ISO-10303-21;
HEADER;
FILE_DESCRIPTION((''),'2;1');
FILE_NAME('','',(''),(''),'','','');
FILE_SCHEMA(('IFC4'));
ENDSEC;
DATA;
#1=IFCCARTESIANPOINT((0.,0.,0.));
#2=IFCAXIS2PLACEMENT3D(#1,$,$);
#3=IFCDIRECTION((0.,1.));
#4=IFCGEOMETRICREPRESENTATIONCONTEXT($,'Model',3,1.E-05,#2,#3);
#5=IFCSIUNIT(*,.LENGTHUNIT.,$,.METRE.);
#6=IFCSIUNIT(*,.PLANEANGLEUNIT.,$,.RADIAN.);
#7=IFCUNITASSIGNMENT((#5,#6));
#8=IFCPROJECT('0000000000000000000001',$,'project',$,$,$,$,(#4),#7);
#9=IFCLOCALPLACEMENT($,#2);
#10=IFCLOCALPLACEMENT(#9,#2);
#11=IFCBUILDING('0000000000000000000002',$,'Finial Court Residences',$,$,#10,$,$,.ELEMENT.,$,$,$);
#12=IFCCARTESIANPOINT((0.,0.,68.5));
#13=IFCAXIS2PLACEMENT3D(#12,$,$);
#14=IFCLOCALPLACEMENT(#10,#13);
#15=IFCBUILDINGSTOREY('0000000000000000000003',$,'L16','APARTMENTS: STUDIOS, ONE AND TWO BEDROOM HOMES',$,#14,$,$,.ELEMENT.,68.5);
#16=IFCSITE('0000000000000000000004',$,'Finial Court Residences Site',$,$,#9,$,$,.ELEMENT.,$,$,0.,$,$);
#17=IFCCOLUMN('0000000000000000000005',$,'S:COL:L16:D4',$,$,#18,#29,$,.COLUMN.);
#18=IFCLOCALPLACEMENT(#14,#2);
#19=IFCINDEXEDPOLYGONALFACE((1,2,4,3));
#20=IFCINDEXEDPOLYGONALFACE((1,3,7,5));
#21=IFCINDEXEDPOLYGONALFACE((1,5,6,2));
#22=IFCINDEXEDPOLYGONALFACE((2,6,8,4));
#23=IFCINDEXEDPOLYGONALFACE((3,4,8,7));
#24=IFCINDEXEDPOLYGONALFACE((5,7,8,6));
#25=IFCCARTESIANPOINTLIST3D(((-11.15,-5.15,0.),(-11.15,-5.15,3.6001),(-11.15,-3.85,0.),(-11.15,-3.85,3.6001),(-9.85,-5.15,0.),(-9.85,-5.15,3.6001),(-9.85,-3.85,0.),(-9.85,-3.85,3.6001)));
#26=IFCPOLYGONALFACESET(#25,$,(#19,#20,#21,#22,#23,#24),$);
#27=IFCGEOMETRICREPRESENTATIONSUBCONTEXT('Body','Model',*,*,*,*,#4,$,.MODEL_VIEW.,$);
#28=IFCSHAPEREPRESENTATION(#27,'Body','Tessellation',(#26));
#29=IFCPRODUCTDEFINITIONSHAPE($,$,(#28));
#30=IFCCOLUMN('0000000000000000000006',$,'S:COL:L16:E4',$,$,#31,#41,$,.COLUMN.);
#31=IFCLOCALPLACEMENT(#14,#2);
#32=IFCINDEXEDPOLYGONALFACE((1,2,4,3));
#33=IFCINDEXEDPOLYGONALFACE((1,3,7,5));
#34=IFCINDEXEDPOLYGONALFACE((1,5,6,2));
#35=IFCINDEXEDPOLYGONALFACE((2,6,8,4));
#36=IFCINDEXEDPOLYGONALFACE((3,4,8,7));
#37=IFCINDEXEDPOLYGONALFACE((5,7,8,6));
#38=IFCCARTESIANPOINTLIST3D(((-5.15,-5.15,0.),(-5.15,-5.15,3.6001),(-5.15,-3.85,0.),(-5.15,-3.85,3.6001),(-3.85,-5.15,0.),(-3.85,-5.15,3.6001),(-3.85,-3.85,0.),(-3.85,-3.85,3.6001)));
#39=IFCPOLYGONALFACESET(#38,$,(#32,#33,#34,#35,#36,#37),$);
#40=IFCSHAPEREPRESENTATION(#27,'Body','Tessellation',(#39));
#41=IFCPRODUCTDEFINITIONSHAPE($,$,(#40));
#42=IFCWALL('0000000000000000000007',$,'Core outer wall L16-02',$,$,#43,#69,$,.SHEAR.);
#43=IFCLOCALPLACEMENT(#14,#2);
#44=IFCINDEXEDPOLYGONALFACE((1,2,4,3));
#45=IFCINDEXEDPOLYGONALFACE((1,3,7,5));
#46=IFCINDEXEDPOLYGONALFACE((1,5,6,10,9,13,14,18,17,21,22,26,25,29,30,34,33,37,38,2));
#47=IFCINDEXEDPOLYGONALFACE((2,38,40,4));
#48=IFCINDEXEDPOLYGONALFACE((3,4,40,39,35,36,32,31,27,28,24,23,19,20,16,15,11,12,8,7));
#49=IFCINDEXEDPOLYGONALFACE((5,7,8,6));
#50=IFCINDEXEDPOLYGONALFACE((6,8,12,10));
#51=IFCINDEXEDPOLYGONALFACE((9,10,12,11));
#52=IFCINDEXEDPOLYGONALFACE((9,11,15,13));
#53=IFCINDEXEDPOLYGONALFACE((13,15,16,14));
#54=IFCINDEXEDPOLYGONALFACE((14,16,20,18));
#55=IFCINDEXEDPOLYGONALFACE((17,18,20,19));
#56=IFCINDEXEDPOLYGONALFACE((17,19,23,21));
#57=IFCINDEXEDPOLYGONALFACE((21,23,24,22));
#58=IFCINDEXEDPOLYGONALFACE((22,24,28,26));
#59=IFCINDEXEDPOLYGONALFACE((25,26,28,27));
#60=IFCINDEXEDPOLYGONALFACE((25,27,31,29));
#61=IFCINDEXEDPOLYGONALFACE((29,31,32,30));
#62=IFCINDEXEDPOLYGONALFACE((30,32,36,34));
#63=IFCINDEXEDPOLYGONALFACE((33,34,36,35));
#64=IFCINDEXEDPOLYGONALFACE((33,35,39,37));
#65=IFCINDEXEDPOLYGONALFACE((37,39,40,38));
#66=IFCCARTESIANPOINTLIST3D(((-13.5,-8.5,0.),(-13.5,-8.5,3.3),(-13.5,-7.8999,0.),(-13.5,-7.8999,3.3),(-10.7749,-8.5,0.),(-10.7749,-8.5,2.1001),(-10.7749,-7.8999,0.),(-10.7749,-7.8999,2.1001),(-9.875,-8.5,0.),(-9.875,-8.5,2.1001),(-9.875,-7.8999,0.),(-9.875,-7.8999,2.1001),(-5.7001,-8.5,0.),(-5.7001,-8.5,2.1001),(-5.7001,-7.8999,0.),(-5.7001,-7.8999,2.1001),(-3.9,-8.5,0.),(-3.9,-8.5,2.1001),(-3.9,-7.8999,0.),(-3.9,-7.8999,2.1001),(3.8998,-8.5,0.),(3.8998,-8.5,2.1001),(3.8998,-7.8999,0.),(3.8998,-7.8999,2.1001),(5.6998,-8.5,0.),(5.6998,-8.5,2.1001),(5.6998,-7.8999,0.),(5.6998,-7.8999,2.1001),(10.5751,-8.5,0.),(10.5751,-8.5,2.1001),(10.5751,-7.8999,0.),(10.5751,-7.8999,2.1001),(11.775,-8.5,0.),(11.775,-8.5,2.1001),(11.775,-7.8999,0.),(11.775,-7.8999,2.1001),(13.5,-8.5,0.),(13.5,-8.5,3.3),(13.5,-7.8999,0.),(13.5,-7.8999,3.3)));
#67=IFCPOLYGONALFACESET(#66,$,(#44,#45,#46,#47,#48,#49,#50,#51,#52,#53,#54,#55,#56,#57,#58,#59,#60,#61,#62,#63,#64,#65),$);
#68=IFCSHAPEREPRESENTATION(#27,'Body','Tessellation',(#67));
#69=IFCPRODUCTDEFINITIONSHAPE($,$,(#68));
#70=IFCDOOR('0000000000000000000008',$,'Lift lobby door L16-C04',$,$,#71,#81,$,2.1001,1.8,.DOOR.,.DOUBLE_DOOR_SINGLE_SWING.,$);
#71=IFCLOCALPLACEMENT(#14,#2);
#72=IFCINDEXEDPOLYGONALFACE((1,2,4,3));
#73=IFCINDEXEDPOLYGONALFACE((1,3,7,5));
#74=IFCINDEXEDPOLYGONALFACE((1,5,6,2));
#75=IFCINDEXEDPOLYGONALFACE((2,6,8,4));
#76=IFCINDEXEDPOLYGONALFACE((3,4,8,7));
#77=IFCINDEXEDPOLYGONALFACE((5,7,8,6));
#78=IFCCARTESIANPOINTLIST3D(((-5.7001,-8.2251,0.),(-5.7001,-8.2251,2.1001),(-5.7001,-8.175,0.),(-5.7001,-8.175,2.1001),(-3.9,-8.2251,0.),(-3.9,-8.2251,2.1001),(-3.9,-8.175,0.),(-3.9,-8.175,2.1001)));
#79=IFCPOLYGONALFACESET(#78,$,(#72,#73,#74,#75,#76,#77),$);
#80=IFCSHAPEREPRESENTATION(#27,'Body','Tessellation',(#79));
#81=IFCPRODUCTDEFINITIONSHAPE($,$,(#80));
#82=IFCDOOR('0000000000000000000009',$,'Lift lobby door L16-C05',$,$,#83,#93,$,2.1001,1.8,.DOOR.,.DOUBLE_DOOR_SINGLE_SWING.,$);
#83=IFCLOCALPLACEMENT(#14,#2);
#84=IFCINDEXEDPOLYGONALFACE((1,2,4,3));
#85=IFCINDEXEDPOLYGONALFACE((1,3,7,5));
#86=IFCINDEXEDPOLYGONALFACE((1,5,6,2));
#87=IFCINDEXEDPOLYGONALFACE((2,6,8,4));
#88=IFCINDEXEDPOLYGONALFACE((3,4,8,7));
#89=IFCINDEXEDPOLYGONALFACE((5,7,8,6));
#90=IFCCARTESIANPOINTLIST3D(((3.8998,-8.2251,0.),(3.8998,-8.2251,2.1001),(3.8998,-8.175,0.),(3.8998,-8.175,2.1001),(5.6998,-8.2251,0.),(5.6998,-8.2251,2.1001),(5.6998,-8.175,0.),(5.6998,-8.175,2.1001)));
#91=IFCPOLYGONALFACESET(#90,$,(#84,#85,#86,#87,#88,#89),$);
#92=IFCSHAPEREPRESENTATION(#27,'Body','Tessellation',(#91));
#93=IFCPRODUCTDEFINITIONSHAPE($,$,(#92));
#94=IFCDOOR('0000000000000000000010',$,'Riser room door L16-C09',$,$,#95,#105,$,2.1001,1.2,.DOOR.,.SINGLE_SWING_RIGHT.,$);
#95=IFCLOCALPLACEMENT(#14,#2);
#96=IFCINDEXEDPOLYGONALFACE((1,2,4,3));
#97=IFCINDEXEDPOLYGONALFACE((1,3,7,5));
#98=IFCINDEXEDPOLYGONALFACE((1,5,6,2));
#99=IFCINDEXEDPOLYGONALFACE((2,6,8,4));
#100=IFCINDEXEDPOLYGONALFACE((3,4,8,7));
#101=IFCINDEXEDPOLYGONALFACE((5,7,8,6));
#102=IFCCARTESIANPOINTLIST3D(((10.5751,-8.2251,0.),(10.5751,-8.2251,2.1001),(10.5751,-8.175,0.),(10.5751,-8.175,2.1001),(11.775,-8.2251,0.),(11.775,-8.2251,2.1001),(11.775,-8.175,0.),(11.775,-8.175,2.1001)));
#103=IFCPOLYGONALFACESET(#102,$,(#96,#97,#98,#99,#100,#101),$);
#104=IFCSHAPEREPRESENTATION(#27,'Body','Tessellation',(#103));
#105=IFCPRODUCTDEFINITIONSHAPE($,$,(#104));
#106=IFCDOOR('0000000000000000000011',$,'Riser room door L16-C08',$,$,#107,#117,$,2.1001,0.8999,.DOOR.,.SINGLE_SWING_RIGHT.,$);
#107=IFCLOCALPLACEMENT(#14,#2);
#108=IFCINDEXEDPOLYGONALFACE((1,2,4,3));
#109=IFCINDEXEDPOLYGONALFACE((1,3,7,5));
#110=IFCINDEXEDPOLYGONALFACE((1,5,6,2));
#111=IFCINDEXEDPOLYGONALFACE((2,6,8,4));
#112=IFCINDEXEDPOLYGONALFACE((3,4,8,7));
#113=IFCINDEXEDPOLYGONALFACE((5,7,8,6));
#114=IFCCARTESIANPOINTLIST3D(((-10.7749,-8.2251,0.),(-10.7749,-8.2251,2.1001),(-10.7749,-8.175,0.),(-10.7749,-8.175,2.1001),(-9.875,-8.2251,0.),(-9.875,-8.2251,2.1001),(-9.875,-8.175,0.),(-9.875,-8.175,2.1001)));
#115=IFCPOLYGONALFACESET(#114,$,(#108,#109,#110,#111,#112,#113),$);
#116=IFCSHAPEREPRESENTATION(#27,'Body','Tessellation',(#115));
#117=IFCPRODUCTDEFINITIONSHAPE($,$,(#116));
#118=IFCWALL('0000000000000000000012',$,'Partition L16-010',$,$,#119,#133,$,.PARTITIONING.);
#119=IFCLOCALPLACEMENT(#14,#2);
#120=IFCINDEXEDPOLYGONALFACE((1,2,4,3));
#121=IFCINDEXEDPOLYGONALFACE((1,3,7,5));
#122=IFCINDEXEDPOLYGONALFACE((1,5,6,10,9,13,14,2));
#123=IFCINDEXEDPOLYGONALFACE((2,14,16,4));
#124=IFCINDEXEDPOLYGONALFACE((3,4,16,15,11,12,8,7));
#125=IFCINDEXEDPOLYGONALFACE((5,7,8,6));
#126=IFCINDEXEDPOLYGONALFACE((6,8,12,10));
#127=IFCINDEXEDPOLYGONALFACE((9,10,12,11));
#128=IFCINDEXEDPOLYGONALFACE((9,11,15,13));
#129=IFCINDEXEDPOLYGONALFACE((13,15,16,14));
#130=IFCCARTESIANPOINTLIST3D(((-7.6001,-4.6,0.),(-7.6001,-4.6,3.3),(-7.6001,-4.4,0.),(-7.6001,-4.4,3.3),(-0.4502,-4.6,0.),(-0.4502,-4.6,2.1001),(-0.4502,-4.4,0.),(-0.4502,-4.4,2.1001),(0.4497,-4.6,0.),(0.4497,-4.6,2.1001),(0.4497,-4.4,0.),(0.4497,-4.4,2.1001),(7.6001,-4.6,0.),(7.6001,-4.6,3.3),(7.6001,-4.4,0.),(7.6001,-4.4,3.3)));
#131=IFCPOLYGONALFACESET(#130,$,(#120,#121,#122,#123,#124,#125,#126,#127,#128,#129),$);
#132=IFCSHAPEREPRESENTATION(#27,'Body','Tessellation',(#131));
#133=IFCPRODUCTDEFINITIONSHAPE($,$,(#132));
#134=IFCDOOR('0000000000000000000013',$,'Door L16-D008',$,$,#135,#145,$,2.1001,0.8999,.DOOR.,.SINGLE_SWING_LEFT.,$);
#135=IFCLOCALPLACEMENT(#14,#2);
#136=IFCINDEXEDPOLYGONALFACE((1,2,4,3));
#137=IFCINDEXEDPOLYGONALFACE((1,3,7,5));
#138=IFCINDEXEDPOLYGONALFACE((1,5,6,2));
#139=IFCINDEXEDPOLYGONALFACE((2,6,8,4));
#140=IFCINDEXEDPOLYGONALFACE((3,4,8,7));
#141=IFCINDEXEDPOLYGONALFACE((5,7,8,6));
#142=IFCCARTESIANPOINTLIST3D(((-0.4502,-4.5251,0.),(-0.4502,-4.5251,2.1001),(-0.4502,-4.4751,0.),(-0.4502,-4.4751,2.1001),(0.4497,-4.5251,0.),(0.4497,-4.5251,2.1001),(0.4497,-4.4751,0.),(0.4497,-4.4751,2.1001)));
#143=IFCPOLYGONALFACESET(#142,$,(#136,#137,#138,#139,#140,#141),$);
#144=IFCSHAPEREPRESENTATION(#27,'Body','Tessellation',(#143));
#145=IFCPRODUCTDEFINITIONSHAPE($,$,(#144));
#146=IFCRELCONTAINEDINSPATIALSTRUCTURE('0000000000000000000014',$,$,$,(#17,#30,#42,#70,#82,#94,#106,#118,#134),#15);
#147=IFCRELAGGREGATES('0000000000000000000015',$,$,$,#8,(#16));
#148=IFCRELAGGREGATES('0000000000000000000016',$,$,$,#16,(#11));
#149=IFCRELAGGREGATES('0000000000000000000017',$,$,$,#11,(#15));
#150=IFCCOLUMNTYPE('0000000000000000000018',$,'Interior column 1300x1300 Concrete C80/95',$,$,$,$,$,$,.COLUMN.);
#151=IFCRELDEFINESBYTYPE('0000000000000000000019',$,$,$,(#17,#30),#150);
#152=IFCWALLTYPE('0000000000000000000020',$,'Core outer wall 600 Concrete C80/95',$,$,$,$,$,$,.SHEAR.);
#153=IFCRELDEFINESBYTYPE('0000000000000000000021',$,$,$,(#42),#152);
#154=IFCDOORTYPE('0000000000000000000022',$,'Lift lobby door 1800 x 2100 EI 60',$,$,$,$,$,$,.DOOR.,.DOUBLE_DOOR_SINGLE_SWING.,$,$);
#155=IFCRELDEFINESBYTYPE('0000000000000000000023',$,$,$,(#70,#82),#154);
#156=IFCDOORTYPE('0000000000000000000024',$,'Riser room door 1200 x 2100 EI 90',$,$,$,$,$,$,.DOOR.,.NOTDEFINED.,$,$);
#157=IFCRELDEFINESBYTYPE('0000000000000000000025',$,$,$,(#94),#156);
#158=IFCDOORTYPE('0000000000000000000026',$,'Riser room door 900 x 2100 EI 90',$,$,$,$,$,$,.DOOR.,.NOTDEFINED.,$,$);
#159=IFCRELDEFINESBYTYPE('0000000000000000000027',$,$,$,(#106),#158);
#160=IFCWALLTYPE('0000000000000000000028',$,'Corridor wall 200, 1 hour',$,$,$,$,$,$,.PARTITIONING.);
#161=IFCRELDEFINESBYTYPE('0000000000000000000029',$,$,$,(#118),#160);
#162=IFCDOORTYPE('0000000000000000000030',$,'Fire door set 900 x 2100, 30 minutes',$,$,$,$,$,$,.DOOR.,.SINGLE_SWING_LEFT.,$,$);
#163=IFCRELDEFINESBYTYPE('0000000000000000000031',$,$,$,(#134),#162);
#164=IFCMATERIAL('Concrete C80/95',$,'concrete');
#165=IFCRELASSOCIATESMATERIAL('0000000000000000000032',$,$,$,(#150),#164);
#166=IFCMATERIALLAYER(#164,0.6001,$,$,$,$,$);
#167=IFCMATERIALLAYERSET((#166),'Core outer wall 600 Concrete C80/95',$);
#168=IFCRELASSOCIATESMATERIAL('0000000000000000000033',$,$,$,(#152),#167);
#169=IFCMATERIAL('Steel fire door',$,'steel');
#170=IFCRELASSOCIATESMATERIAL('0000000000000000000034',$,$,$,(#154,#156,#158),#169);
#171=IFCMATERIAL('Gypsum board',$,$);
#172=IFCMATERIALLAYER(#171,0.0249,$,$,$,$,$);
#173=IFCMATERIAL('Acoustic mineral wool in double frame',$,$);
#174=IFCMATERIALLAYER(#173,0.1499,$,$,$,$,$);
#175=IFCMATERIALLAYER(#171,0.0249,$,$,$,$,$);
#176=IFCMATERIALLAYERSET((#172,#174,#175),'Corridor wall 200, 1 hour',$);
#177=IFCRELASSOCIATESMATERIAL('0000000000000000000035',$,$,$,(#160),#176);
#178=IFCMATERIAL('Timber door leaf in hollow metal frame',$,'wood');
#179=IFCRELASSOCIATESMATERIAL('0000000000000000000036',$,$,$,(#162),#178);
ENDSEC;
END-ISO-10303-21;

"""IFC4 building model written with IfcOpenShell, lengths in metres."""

from ifc_helpers import new_model, si_unit, direction, frame, frame_2d, origin, origin_2d, place, context, subcontext, project, spatial, rectangle, extrude, material, layer, layer_set, material_profile, profile_set, type_object, element, fill, save


model = new_model("IFC4")

# Units and contexts
model_context = context("Model", 3, precision=1e-05, world=origin(), true_north=direction((0.0, 1.0)))
body_context = subcontext(model_context, "Body", "Model", "MODEL_VIEW")
ifc_project = project(units=[si_unit("LENGTHUNIT", "METRE"), si_unit("PLANEANGLEUNIT", "RADIAN")], contexts=[model_context])

# Site, building, storey
site_placement = place(None, origin())
site = spatial("IfcSite", under=ifc_project, at=site_placement, Name="Finial Court Residences Site", CompositionType="ELEMENT", RefElevation=0.0)
building_placement = place(site_placement, origin())
building = spatial("IfcBuilding", under=site, at=building_placement, Name="Finial Court Residences", CompositionType="ELEMENT")
storey_placement = place(building_placement, frame((0.0, 0.0, 68.5)))
storey = spatial("IfcBuildingStorey", under=building, at=storey_placement, Name="L16", Description="APARTMENTS: STUDIOS, ONE AND TWO BEDROOM HOMES", CompositionType="ELEMENT", Elevation=68.5)

# Columns
ifc_material_1 = material(Name="Concrete C80/95", Category="concrete")
ifc_material_profile = material_profile(ifc_material_1, rectangle(XDim=1.3, YDim=1.3, at=origin_2d()), Name="1300x1300")
ifc_profile_set = profile_set([ifc_material_profile], Name="Concrete C80/95")
column_type = type_object("IfcColumnType", Name="Interior column 1300x1300 Concrete C80/95", PredefinedType="COLUMN", material=ifc_profile_set)
for number, where, z_axis, x_axis, name in (
    (1, (-10.5, -4.5, 0.0), (0.0, 0.0, 1.0), (1.0, 0.0, 0.0), "S:COL:L16:D4"),
    (2, (-4.5, -4.5, 0.0), (0.0, 0.0, 1.0), (1.0, 0.0, 0.0), "S:COL:L16:E4"),
):
    element("IfcColumn", number, at=place(storey_placement, frame(where, z_axis=z_axis, x_axis=x_axis)), inside=storey, type_object=column_type, Name=name, PredefinedType="COLUMN", context=body_context, shape_type="SweptSolid", body=[
        extrude(rectangle(XDim=1.3, YDim=1.3, at=origin_2d()), origin(), (0.0, 0.0, 1.0), 3.6001),
    ])

# Wall, openings, doors
ifc_layer_1 = layer(ifc_material_1, 0.6001)
ifc_layer_set_1 = layer_set([ifc_layer_1], Name="Core outer wall 600 Concrete C80/95")
wall_type_1 = type_object("IfcWallType", Name="Core outer wall 600 Concrete C80/95", PredefinedType="SHEAR", material=ifc_layer_set_1)
wall_1_placement = place(storey_placement, frame((-13.5, -8.2, 0.0), z_axis=(0.0, 0.0, 1.0), x_axis=(1.0, 0.0, 0.0)))
wall_1 = element("IfcWall", 3, at=wall_1_placement, inside=storey, type_object=wall_type_1, Name="Core outer wall L16-02", PredefinedType="SHEAR", context=body_context, shape_type="SweptSolid", body=[
    extrude(rectangle(XDim=27.0, YDim=0.6001, at=frame_2d((13.5, 0.0))), origin(), (0.0, 0.0, 1.0), 3.3),
])
opening_1_placement = place(wall_1_placement, frame((7.8, 0.0, 0.0)))
opening_1 = element("IfcOpeningElement", 4, at=opening_1_placement, cuts=wall_1, PredefinedType="OPENING", context=body_context, shape_type="SweptSolid", body=[
    extrude(rectangle(XDim=1.8, YDim=2.1001, at=frame_2d((0.8999, 1.05))), frame((0.0, 0.3101, 0.0), z_axis=(0.0, -1.0, 0.0), x_axis=(1.0, 0.0, 0.0)), (0.0, 0.0, 1.0), 0.6201),
])
opening_2_placement = place(wall_1_placement, frame((17.3999, 0.0, 0.0)))
opening_2 = element("IfcOpeningElement", 5, at=opening_2_placement, cuts=wall_1, PredefinedType="OPENING", context=body_context, shape_type="SweptSolid", body=[
    extrude(rectangle(XDim=1.8, YDim=2.1001, at=frame_2d((0.8999, 1.05))), frame((0.0, 0.3101, 0.0), z_axis=(0.0, -1.0, 0.0), x_axis=(1.0, 0.0, 0.0)), (0.0, 0.0, 1.0), 0.6201),
])
opening_3_placement = place(wall_1_placement, frame((2.7251, 0.0, 0.0)))
opening_3 = element("IfcOpeningElement", 6, at=opening_3_placement, cuts=wall_1, PredefinedType="OPENING", context=body_context, shape_type="SweptSolid", body=[
    extrude(rectangle(XDim=0.8999, YDim=2.1001, at=frame_2d((0.45, 1.05))), frame((0.0, 0.3101, 0.0), z_axis=(0.0, -1.0, 0.0), x_axis=(1.0, 0.0, 0.0)), (0.0, 0.0, 1.0), 0.6201),
])
opening_4_placement = place(wall_1_placement, frame((24.075, 0.0, 0.0)))
opening_4 = element("IfcOpeningElement", 7, at=opening_4_placement, cuts=wall_1, PredefinedType="OPENING", context=body_context, shape_type="SweptSolid", body=[
    extrude(rectangle(XDim=1.2, YDim=2.1001, at=frame_2d((0.6001, 1.05))), frame((0.0, 0.3101, 0.0), z_axis=(0.0, -1.0, 0.0), x_axis=(1.0, 0.0, 0.0)), (0.0, 0.0, 1.0), 0.6201),
])
ifc_material_2 = material(Name="Steel fire door", Category="steel")
door_type_1 = type_object("IfcDoorType", Name="Lift lobby door 1800 x 2100 EI 60", OperationType="DOUBLE_DOOR_SINGLE_SWING", PredefinedType="DOOR", material=ifc_material_2)
door_1_placement = place(opening_1_placement, origin())
door_1 = element("IfcDoor", 8, at=door_1_placement, inside=storey, type_object=door_type_1, Name="Lift lobby door L16-C04", OperationType="DOUBLE_DOOR_SINGLE_SWING", OverallHeight=2.1001, OverallWidth=1.8, PredefinedType="DOOR", context=body_context, shape_type="SweptSolid", body=[
    extrude(rectangle(XDim=1.8, YDim=2.1001, at=frame_2d((0.8999, 1.05))), frame((0.0, 0.0249, 0.0), z_axis=(0.0, -1.0, 0.0), x_axis=(1.0, 0.0, 0.0)), (0.0, 0.0, 1.0), 0.05),
])
fill(opening_1, door_1)
door_2_placement = place(opening_2_placement, origin())
door_2 = element("IfcDoor", 9, at=door_2_placement, inside=storey, type_object=door_type_1, Name="Lift lobby door L16-C05", OperationType="DOUBLE_DOOR_SINGLE_SWING", OverallHeight=2.1001, OverallWidth=1.8, PredefinedType="DOOR", context=body_context, shape_type="SweptSolid", body=[
    extrude(rectangle(XDim=1.8, YDim=2.1001, at=frame_2d((0.8999, 1.05))), frame((0.0, 0.0249, 0.0), z_axis=(0.0, -1.0, 0.0), x_axis=(1.0, 0.0, 0.0)), (0.0, 0.0, 1.0), 0.05),
])
fill(opening_2, door_2)
door_type_2 = type_object("IfcDoorType", Name="Riser room door 1200 x 2100 EI 90", OperationType="NOTDEFINED", PredefinedType="DOOR", material=ifc_material_2)
door_3_placement = place(opening_4_placement, origin())
door_3 = element("IfcDoor", 10, at=door_3_placement, inside=storey, type_object=door_type_2, Name="Riser room door L16-C09", OperationType="SINGLE_SWING_RIGHT", OverallHeight=2.1001, OverallWidth=1.2, PredefinedType="DOOR", context=body_context, shape_type="SweptSolid", body=[
    extrude(rectangle(XDim=1.2, YDim=2.1001, at=frame_2d((0.6001, 1.05))), frame((0.0, 0.0249, 0.0), z_axis=(0.0, -1.0, 0.0), x_axis=(1.0, 0.0, 0.0)), (0.0, 0.0, 1.0), 0.05),
])
fill(opening_4, door_3)
door_type_3 = type_object("IfcDoorType", Name="Riser room door 900 x 2100 EI 90", OperationType="NOTDEFINED", PredefinedType="DOOR", material=ifc_material_2)
door_4_placement = place(opening_3_placement, origin())
door_4 = element("IfcDoor", 11, at=door_4_placement, inside=storey, type_object=door_type_3, Name="Riser room door L16-C08", OperationType="SINGLE_SWING_RIGHT", OverallHeight=2.1001, OverallWidth=0.8999, PredefinedType="DOOR", context=body_context, shape_type="SweptSolid", body=[
    extrude(rectangle(XDim=0.8999, YDim=2.1001, at=frame_2d((0.45, 1.05))), frame((0.0, 0.0249, 0.0), z_axis=(0.0, -1.0, 0.0), x_axis=(1.0, 0.0, 0.0)), (0.0, 0.0, 1.0), 0.05),
])
fill(opening_3, door_4)

# Wall, opening, door
ifc_material_3 = material(Name="Gypsum board")
ifc_layer_2 = layer(ifc_material_3, 0.0249)
ifc_material_4 = material(Name="Acoustic mineral wool in double frame")
ifc_layer_3 = layer(ifc_material_4, 0.1499)
ifc_layer_4 = layer(ifc_material_3, 0.0249)
ifc_layer_set_2 = layer_set([ifc_layer_2, ifc_layer_3, ifc_layer_4], Name="Corridor wall 200, 1 hour")
wall_type_2 = type_object("IfcWallType", Name="Corridor wall 200, 1 hour", PredefinedType="PARTITIONING", material=ifc_layer_set_2)
wall_2_placement = place(storey_placement, frame((-7.6001, -4.5, 0.0), z_axis=(0.0, 0.0, 1.0), x_axis=(1.0, 0.0, 0.0)))
wall_2 = element("IfcWall", 12, at=wall_2_placement, inside=storey, type_object=wall_type_2, Name="Partition L16-010", PredefinedType="PARTITIONING", context=body_context, shape_type="SweptSolid", body=[
    extrude(rectangle(XDim=15.2002, YDim=0.2, at=frame_2d((7.6001, 0.0))), origin(), (0.0, 0.0, 1.0), 3.3),
])
opening_5_placement = place(wall_2_placement, frame((7.1499, 0.0, 0.0)))
opening_5 = element("IfcOpeningElement", 13, at=opening_5_placement, cuts=wall_2, PredefinedType="OPENING", context=body_context, shape_type="SweptSolid", body=[
    extrude(rectangle(XDim=0.8999, YDim=2.1001, at=frame_2d((0.45, 1.05))), frame((0.0, 0.1099, 0.0), z_axis=(0.0, -1.0, 0.0), x_axis=(1.0, 0.0, 0.0)), (0.0, 0.0, 1.0), 0.22),
])
ifc_material_5 = material(Name="Timber door leaf in hollow metal frame", Category="wood")
door_type_4 = type_object("IfcDoorType", Name="Fire door set 900 x 2100, 30 minutes", OperationType="SINGLE_SWING_LEFT", PredefinedType="DOOR", material=ifc_material_5)
door_5_placement = place(opening_5_placement, origin())
door_5 = element("IfcDoor", 14, at=door_5_placement, inside=storey, type_object=door_type_4, Name="Door L16-D008", OperationType="SINGLE_SWING_LEFT", OverallHeight=2.1001, OverallWidth=0.8999, PredefinedType="DOOR", context=body_context, shape_type="SweptSolid", body=[
    extrude(rectangle(XDim=0.8999, YDim=2.1001, at=frame_2d((0.45, 1.05))), frame((0.0, 0.0249, 0.0), z_axis=(0.0, -1.0, 0.0), x_axis=(1.0, 0.0, 0.0)), (0.0, 0.0, 1.0), 0.05),
])
fill(opening_5, door_5)

save(model, "model.ifc")
